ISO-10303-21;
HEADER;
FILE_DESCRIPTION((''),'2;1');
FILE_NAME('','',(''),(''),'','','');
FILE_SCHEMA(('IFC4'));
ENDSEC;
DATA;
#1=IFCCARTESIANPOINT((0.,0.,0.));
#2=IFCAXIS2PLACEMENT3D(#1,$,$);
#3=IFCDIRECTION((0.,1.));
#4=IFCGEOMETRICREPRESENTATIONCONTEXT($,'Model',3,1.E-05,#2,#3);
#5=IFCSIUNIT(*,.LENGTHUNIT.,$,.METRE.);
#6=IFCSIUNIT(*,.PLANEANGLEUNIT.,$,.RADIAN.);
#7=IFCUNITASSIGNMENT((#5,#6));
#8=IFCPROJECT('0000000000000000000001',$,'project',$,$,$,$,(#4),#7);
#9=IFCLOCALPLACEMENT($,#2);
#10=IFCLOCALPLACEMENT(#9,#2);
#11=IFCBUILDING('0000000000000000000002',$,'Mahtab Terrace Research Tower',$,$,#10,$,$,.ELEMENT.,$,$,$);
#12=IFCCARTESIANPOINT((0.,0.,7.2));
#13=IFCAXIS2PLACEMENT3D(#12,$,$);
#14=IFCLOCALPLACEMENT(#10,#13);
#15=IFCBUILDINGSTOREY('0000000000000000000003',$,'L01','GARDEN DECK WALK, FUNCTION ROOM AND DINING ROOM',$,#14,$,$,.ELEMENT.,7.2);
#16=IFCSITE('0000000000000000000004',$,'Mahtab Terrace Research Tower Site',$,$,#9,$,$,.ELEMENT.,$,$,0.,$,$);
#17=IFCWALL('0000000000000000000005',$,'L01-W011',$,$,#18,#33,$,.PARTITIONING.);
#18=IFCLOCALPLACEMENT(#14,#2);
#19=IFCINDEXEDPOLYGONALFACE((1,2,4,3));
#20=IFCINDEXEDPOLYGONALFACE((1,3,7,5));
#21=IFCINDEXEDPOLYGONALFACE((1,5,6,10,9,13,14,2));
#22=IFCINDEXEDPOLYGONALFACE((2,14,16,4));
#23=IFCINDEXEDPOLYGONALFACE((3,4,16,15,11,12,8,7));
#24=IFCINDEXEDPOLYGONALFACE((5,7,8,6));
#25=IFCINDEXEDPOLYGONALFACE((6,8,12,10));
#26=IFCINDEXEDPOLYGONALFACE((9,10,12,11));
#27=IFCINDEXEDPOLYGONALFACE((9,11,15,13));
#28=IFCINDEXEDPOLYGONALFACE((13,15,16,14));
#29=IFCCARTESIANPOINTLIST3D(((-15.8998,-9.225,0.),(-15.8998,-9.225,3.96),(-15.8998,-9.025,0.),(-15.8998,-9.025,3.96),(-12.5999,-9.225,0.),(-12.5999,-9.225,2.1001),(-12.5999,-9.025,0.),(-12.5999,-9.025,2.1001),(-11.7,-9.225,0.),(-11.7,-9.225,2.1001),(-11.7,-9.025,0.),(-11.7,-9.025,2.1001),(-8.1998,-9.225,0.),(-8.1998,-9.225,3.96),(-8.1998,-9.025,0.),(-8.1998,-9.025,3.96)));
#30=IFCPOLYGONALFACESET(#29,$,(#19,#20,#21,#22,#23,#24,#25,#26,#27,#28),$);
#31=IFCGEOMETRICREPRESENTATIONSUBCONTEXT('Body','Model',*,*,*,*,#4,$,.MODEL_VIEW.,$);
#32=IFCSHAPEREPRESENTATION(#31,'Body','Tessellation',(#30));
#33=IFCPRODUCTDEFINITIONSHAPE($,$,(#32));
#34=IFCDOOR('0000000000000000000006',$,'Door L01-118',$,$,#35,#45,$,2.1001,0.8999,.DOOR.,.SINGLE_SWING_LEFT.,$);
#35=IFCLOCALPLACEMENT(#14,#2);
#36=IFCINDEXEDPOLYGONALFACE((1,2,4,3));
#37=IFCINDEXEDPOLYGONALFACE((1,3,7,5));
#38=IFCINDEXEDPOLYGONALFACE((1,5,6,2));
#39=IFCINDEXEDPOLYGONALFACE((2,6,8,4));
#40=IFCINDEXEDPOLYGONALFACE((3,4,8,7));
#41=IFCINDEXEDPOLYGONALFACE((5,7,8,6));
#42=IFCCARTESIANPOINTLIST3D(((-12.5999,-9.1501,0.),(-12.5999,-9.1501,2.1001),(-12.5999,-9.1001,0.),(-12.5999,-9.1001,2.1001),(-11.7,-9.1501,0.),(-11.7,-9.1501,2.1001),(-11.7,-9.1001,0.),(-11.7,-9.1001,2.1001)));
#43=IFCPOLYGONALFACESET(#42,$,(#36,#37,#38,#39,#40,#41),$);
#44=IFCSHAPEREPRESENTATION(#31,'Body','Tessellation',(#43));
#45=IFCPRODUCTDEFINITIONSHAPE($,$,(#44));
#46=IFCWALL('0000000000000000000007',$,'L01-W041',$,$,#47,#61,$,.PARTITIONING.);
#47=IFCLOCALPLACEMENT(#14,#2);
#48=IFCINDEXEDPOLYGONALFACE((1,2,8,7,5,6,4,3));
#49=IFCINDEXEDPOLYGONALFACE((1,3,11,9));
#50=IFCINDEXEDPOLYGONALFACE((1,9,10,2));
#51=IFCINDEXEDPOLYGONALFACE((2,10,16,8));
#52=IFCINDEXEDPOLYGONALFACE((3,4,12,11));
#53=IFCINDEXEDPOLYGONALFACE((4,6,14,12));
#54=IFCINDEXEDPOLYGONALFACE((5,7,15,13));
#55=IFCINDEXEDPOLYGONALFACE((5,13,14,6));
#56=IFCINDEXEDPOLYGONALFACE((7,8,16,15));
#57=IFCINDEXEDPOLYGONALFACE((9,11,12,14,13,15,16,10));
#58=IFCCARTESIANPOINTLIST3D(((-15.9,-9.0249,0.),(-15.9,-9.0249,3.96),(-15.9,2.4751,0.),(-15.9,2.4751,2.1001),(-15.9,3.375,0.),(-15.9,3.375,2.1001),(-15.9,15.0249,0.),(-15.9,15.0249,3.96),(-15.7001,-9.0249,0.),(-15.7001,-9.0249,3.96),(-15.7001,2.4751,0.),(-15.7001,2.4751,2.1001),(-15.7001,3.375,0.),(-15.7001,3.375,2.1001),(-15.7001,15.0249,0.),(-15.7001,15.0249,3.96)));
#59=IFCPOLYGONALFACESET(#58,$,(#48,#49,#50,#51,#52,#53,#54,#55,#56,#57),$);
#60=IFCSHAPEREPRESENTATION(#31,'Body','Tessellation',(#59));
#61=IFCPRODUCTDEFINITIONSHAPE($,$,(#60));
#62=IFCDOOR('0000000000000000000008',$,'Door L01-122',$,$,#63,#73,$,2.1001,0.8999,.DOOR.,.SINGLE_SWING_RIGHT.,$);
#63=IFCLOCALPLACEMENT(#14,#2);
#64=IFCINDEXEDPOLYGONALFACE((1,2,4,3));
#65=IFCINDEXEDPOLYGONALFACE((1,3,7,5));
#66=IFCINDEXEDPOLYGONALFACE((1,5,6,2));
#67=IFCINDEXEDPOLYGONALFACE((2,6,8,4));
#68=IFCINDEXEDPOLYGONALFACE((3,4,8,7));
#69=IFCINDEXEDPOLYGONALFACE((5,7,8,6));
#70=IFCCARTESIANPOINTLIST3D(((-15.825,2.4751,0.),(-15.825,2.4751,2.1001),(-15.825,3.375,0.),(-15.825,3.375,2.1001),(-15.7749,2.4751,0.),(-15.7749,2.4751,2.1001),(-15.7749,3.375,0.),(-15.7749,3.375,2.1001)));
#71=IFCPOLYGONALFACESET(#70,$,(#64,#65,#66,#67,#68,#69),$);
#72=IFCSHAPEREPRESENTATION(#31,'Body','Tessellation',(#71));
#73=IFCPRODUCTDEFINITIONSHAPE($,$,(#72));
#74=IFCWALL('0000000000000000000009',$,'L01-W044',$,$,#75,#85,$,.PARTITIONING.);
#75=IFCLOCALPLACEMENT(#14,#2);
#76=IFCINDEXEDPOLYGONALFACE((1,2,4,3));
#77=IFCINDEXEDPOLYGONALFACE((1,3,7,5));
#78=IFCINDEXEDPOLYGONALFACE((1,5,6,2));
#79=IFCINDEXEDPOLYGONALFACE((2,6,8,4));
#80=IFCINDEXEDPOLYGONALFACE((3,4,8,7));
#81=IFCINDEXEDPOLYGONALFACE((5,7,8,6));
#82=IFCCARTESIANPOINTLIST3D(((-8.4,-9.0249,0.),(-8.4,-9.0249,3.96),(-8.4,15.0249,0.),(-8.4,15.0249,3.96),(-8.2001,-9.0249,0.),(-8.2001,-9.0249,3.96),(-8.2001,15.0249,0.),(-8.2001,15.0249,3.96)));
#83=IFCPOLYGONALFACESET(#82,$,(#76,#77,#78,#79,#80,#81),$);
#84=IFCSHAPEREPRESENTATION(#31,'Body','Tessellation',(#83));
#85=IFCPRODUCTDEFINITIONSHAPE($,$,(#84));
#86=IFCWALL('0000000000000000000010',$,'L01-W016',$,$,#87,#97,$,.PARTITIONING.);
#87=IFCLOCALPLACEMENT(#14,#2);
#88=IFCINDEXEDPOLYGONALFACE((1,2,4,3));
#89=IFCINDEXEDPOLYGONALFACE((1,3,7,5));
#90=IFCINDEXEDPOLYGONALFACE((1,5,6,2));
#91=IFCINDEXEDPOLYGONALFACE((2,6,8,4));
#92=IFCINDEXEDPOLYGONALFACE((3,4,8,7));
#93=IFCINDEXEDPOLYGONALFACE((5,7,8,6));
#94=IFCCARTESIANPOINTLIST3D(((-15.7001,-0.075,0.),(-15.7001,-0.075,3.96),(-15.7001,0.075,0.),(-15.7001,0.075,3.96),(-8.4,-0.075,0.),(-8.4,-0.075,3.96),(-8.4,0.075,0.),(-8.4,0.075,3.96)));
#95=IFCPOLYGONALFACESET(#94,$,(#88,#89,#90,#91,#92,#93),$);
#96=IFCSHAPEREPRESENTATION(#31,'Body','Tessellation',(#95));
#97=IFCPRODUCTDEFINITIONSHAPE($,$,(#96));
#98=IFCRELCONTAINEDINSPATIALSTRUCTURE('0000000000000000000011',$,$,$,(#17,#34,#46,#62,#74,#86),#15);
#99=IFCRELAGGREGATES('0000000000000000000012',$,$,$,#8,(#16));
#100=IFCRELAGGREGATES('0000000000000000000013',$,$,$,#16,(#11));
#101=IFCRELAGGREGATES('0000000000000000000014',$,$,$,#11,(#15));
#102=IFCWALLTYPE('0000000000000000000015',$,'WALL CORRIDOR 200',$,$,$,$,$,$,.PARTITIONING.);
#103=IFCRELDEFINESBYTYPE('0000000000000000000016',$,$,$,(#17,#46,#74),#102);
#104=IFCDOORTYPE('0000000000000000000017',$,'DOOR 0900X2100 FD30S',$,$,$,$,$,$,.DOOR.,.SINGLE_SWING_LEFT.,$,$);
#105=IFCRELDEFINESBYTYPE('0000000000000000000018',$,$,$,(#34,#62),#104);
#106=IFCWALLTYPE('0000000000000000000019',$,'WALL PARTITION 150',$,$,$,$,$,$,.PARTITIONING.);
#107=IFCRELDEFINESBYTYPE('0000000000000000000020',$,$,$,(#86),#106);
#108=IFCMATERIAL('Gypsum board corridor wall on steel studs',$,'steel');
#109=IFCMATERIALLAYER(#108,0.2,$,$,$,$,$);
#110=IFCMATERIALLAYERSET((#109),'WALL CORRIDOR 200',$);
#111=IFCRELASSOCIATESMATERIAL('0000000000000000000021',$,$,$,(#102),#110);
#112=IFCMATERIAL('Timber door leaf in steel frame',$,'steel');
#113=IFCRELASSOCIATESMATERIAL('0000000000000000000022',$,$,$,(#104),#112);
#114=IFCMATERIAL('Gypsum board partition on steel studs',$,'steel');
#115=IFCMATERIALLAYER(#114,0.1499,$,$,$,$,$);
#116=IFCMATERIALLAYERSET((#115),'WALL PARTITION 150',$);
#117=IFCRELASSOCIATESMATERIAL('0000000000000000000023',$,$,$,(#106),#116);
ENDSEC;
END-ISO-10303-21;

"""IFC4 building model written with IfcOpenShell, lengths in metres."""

from ifc_helpers import new_model, si_unit, direction, frame, frame_2d, origin, place, context, subcontext, project, spatial, rectangle, extrude, material, layer, layer_set, type_object, element, fill, save


model = new_model("IFC4")

# Units and contexts
model_context = context("Model", 3, precision=1e-05, world=origin(), true_north=direction((0.0, 1.0)))
body_context = subcontext(model_context, "Body", "Model", "MODEL_VIEW")
ifc_project = project(units=[si_unit("LENGTHUNIT", "METRE"), si_unit("PLANEANGLEUNIT", "RADIAN")], contexts=[model_context])

# Site, building, storey
site_placement = place(None, origin())
site = spatial("IfcSite", under=ifc_project, at=site_placement, Name="Mahtab Terrace Research Tower Site", CompositionType="ELEMENT", RefElevation=0.0)
building_placement = place(site_placement, origin())
building = spatial("IfcBuilding", under=site, at=building_placement, Name="Mahtab Terrace Research Tower", CompositionType="ELEMENT")
storey_placement = place(building_placement, frame((0.0, 0.0, 7.2)))
storey = spatial("IfcBuildingStorey", under=building, at=storey_placement, Name="L01", Description="GARDEN DECK WALK, FUNCTION ROOM AND DINING ROOM", CompositionType="ELEMENT", Elevation=7.2)

# Walls, openings, doors
ifc_material_1 = material(Name="Gypsum board corridor wall on steel studs", Category="steel")
ifc_layer_1 = layer(ifc_material_1, 0.2)
ifc_layer_set_1 = layer_set([ifc_layer_1], Name="WALL CORRIDOR 200")
wall_type_1 = type_object("IfcWallType", Name="WALL CORRIDOR 200", PredefinedType="PARTITIONING", material=ifc_layer_set_1)
wall_1_placement = place(storey_placement, frame((-15.8999, -9.125, 0.0), z_axis=(0.0, 0.0, 1.0), x_axis=(1.0, 0.0, 0.0)))
wall_1 = element("IfcWall", 1, at=wall_1_placement, inside=storey, type_object=wall_type_1, Name="L01-W011", PredefinedType="PARTITIONING", context=body_context, shape_type="SweptSolid", body=[
    extrude(rectangle(XDim=7.7, YDim=0.2, at=frame_2d((3.8501, 0.0))), origin(), (0.0, 0.0, 1.0), 3.96),
])
opening_1_placement = place(wall_1_placement, frame((3.3, 0.0, 0.0)))
opening_1 = element("IfcOpeningElement", 2, at=opening_1_placement, cuts=wall_1, PredefinedType="OPENING", context=body_context, shape_type="SweptSolid", body=[
    extrude(rectangle(XDim=0.8999, YDim=2.1001, at=frame_2d((0.45, 1.05))), frame((0.0, 0.1099, 0.0), z_axis=(0.0, -1.0, 0.0), x_axis=(1.0, 0.0, 0.0)), (0.0, 0.0, 1.0), 0.22),
])
ifc_material_2 = material(Name="Timber door leaf in steel frame", Category="steel")
door_type_1 = type_object("IfcDoorType", Name="DOOR 0900X2100 FD30S", OperationType="SINGLE_SWING_LEFT", PredefinedType="DOOR", material=ifc_material_2)
door_1_placement = place(opening_1_placement, origin())
door_1 = element("IfcDoor", 3, at=door_1_placement, inside=storey, type_object=door_type_1, Name="Door L01-118", OperationType="SINGLE_SWING_LEFT", OverallHeight=2.1001, OverallWidth=0.8999, PredefinedType="DOOR", context=body_context, shape_type="SweptSolid", body=[
    extrude(rectangle(XDim=0.8999, YDim=2.1001, at=frame_2d((0.45, 1.05))), frame((0.0, 0.0249, 0.0), z_axis=(0.0, -1.0, 0.0), x_axis=(1.0, 0.0, 0.0)), (0.0, 0.0, 1.0), 0.05),
])
fill(opening_1, door_1)
wall_2_placement = place(storey_placement, frame((-15.8, -9.0249, 0.0), z_axis=(0.0, 0.0, 1.0), x_axis=(0.0, 1.0, 0.0)))
wall_2 = element("IfcWall", 4, at=wall_2_placement, inside=storey, type_object=wall_type_1, Name="L01-W041", PredefinedType="PARTITIONING", context=body_context, shape_type="SweptSolid", body=[
    extrude(rectangle(XDim=24.0498, YDim=0.2, at=frame_2d((12.0249, 0.0))), origin(), (0.0, 0.0, 1.0), 3.96),
])
opening_2_placement = place(wall_2_placement, frame((11.5, 0.0, 0.0)))
opening_2 = element("IfcOpeningElement", 5, at=opening_2_placement, cuts=wall_2, PredefinedType="OPENING", context=body_context, shape_type="SweptSolid", body=[
    extrude(rectangle(XDim=0.8999, YDim=2.1001, at=frame_2d((0.45, 1.05))), frame((0.0, 0.1099, 0.0), z_axis=(0.0, -1.0, 0.0), x_axis=(1.0, 0.0, 0.0)), (0.0, 0.0, 1.0), 0.22),
])
door_2_placement = place(opening_2_placement, origin())
door_2 = element("IfcDoor", 6, at=door_2_placement, inside=storey, type_object=door_type_1, Name="Door L01-122", OperationType="SINGLE_SWING_RIGHT", OverallHeight=2.1001, OverallWidth=0.8999, PredefinedType="DOOR", context=body_context, shape_type="SweptSolid", body=[
    extrude(rectangle(XDim=0.8999, YDim=2.1001, at=frame_2d((0.45, 1.05))), frame((0.0, 0.0249, 0.0), z_axis=(0.0, -1.0, 0.0), x_axis=(1.0, 0.0, 0.0)), (0.0, 0.0, 1.0), 0.05),
])
fill(opening_2, door_2)

# Walls
wall_3_placement = place(storey_placement, frame((-8.3, -9.0249, 0.0), z_axis=(0.0, 0.0, 1.0), x_axis=(0.0, 1.0, 0.0)))
element("IfcWall", 7, at=wall_3_placement, inside=storey, type_object=wall_type_1, Name="L01-W044", PredefinedType="PARTITIONING", context=body_context, shape_type="SweptSolid", body=[
    extrude(rectangle(XDim=24.0498, YDim=0.2, at=frame_2d((12.0249, 0.0))), origin(), (0.0, 0.0, 1.0), 3.96),
])
ifc_material_3 = material(Name="Gypsum board partition on steel studs", Category="steel")
ifc_layer_2 = layer(ifc_material_3, 0.1499)
ifc_layer_set_2 = layer_set([ifc_layer_2], Name="WALL PARTITION 150")
wall_type_2 = type_object("IfcWallType", Name="WALL PARTITION 150", PredefinedType="PARTITIONING", material=ifc_layer_set_2)
wall_4_placement = place(storey_placement, frame((-15.7, 0.0, 0.0), z_axis=(0.0, 0.0, 1.0), x_axis=(1.0, 0.0, 0.0)))
element("IfcWall", 8, at=wall_4_placement, inside=storey, type_object=wall_type_2, Name="L01-W016", PredefinedType="PARTITIONING", context=body_context, shape_type="SweptSolid", body=[
    extrude(rectangle(XDim=7.3, YDim=0.1499, at=frame_2d((3.6499, 0.0))), origin(), (0.0, 0.0, 1.0), 3.96),
])

save(model, "model.ifc")
